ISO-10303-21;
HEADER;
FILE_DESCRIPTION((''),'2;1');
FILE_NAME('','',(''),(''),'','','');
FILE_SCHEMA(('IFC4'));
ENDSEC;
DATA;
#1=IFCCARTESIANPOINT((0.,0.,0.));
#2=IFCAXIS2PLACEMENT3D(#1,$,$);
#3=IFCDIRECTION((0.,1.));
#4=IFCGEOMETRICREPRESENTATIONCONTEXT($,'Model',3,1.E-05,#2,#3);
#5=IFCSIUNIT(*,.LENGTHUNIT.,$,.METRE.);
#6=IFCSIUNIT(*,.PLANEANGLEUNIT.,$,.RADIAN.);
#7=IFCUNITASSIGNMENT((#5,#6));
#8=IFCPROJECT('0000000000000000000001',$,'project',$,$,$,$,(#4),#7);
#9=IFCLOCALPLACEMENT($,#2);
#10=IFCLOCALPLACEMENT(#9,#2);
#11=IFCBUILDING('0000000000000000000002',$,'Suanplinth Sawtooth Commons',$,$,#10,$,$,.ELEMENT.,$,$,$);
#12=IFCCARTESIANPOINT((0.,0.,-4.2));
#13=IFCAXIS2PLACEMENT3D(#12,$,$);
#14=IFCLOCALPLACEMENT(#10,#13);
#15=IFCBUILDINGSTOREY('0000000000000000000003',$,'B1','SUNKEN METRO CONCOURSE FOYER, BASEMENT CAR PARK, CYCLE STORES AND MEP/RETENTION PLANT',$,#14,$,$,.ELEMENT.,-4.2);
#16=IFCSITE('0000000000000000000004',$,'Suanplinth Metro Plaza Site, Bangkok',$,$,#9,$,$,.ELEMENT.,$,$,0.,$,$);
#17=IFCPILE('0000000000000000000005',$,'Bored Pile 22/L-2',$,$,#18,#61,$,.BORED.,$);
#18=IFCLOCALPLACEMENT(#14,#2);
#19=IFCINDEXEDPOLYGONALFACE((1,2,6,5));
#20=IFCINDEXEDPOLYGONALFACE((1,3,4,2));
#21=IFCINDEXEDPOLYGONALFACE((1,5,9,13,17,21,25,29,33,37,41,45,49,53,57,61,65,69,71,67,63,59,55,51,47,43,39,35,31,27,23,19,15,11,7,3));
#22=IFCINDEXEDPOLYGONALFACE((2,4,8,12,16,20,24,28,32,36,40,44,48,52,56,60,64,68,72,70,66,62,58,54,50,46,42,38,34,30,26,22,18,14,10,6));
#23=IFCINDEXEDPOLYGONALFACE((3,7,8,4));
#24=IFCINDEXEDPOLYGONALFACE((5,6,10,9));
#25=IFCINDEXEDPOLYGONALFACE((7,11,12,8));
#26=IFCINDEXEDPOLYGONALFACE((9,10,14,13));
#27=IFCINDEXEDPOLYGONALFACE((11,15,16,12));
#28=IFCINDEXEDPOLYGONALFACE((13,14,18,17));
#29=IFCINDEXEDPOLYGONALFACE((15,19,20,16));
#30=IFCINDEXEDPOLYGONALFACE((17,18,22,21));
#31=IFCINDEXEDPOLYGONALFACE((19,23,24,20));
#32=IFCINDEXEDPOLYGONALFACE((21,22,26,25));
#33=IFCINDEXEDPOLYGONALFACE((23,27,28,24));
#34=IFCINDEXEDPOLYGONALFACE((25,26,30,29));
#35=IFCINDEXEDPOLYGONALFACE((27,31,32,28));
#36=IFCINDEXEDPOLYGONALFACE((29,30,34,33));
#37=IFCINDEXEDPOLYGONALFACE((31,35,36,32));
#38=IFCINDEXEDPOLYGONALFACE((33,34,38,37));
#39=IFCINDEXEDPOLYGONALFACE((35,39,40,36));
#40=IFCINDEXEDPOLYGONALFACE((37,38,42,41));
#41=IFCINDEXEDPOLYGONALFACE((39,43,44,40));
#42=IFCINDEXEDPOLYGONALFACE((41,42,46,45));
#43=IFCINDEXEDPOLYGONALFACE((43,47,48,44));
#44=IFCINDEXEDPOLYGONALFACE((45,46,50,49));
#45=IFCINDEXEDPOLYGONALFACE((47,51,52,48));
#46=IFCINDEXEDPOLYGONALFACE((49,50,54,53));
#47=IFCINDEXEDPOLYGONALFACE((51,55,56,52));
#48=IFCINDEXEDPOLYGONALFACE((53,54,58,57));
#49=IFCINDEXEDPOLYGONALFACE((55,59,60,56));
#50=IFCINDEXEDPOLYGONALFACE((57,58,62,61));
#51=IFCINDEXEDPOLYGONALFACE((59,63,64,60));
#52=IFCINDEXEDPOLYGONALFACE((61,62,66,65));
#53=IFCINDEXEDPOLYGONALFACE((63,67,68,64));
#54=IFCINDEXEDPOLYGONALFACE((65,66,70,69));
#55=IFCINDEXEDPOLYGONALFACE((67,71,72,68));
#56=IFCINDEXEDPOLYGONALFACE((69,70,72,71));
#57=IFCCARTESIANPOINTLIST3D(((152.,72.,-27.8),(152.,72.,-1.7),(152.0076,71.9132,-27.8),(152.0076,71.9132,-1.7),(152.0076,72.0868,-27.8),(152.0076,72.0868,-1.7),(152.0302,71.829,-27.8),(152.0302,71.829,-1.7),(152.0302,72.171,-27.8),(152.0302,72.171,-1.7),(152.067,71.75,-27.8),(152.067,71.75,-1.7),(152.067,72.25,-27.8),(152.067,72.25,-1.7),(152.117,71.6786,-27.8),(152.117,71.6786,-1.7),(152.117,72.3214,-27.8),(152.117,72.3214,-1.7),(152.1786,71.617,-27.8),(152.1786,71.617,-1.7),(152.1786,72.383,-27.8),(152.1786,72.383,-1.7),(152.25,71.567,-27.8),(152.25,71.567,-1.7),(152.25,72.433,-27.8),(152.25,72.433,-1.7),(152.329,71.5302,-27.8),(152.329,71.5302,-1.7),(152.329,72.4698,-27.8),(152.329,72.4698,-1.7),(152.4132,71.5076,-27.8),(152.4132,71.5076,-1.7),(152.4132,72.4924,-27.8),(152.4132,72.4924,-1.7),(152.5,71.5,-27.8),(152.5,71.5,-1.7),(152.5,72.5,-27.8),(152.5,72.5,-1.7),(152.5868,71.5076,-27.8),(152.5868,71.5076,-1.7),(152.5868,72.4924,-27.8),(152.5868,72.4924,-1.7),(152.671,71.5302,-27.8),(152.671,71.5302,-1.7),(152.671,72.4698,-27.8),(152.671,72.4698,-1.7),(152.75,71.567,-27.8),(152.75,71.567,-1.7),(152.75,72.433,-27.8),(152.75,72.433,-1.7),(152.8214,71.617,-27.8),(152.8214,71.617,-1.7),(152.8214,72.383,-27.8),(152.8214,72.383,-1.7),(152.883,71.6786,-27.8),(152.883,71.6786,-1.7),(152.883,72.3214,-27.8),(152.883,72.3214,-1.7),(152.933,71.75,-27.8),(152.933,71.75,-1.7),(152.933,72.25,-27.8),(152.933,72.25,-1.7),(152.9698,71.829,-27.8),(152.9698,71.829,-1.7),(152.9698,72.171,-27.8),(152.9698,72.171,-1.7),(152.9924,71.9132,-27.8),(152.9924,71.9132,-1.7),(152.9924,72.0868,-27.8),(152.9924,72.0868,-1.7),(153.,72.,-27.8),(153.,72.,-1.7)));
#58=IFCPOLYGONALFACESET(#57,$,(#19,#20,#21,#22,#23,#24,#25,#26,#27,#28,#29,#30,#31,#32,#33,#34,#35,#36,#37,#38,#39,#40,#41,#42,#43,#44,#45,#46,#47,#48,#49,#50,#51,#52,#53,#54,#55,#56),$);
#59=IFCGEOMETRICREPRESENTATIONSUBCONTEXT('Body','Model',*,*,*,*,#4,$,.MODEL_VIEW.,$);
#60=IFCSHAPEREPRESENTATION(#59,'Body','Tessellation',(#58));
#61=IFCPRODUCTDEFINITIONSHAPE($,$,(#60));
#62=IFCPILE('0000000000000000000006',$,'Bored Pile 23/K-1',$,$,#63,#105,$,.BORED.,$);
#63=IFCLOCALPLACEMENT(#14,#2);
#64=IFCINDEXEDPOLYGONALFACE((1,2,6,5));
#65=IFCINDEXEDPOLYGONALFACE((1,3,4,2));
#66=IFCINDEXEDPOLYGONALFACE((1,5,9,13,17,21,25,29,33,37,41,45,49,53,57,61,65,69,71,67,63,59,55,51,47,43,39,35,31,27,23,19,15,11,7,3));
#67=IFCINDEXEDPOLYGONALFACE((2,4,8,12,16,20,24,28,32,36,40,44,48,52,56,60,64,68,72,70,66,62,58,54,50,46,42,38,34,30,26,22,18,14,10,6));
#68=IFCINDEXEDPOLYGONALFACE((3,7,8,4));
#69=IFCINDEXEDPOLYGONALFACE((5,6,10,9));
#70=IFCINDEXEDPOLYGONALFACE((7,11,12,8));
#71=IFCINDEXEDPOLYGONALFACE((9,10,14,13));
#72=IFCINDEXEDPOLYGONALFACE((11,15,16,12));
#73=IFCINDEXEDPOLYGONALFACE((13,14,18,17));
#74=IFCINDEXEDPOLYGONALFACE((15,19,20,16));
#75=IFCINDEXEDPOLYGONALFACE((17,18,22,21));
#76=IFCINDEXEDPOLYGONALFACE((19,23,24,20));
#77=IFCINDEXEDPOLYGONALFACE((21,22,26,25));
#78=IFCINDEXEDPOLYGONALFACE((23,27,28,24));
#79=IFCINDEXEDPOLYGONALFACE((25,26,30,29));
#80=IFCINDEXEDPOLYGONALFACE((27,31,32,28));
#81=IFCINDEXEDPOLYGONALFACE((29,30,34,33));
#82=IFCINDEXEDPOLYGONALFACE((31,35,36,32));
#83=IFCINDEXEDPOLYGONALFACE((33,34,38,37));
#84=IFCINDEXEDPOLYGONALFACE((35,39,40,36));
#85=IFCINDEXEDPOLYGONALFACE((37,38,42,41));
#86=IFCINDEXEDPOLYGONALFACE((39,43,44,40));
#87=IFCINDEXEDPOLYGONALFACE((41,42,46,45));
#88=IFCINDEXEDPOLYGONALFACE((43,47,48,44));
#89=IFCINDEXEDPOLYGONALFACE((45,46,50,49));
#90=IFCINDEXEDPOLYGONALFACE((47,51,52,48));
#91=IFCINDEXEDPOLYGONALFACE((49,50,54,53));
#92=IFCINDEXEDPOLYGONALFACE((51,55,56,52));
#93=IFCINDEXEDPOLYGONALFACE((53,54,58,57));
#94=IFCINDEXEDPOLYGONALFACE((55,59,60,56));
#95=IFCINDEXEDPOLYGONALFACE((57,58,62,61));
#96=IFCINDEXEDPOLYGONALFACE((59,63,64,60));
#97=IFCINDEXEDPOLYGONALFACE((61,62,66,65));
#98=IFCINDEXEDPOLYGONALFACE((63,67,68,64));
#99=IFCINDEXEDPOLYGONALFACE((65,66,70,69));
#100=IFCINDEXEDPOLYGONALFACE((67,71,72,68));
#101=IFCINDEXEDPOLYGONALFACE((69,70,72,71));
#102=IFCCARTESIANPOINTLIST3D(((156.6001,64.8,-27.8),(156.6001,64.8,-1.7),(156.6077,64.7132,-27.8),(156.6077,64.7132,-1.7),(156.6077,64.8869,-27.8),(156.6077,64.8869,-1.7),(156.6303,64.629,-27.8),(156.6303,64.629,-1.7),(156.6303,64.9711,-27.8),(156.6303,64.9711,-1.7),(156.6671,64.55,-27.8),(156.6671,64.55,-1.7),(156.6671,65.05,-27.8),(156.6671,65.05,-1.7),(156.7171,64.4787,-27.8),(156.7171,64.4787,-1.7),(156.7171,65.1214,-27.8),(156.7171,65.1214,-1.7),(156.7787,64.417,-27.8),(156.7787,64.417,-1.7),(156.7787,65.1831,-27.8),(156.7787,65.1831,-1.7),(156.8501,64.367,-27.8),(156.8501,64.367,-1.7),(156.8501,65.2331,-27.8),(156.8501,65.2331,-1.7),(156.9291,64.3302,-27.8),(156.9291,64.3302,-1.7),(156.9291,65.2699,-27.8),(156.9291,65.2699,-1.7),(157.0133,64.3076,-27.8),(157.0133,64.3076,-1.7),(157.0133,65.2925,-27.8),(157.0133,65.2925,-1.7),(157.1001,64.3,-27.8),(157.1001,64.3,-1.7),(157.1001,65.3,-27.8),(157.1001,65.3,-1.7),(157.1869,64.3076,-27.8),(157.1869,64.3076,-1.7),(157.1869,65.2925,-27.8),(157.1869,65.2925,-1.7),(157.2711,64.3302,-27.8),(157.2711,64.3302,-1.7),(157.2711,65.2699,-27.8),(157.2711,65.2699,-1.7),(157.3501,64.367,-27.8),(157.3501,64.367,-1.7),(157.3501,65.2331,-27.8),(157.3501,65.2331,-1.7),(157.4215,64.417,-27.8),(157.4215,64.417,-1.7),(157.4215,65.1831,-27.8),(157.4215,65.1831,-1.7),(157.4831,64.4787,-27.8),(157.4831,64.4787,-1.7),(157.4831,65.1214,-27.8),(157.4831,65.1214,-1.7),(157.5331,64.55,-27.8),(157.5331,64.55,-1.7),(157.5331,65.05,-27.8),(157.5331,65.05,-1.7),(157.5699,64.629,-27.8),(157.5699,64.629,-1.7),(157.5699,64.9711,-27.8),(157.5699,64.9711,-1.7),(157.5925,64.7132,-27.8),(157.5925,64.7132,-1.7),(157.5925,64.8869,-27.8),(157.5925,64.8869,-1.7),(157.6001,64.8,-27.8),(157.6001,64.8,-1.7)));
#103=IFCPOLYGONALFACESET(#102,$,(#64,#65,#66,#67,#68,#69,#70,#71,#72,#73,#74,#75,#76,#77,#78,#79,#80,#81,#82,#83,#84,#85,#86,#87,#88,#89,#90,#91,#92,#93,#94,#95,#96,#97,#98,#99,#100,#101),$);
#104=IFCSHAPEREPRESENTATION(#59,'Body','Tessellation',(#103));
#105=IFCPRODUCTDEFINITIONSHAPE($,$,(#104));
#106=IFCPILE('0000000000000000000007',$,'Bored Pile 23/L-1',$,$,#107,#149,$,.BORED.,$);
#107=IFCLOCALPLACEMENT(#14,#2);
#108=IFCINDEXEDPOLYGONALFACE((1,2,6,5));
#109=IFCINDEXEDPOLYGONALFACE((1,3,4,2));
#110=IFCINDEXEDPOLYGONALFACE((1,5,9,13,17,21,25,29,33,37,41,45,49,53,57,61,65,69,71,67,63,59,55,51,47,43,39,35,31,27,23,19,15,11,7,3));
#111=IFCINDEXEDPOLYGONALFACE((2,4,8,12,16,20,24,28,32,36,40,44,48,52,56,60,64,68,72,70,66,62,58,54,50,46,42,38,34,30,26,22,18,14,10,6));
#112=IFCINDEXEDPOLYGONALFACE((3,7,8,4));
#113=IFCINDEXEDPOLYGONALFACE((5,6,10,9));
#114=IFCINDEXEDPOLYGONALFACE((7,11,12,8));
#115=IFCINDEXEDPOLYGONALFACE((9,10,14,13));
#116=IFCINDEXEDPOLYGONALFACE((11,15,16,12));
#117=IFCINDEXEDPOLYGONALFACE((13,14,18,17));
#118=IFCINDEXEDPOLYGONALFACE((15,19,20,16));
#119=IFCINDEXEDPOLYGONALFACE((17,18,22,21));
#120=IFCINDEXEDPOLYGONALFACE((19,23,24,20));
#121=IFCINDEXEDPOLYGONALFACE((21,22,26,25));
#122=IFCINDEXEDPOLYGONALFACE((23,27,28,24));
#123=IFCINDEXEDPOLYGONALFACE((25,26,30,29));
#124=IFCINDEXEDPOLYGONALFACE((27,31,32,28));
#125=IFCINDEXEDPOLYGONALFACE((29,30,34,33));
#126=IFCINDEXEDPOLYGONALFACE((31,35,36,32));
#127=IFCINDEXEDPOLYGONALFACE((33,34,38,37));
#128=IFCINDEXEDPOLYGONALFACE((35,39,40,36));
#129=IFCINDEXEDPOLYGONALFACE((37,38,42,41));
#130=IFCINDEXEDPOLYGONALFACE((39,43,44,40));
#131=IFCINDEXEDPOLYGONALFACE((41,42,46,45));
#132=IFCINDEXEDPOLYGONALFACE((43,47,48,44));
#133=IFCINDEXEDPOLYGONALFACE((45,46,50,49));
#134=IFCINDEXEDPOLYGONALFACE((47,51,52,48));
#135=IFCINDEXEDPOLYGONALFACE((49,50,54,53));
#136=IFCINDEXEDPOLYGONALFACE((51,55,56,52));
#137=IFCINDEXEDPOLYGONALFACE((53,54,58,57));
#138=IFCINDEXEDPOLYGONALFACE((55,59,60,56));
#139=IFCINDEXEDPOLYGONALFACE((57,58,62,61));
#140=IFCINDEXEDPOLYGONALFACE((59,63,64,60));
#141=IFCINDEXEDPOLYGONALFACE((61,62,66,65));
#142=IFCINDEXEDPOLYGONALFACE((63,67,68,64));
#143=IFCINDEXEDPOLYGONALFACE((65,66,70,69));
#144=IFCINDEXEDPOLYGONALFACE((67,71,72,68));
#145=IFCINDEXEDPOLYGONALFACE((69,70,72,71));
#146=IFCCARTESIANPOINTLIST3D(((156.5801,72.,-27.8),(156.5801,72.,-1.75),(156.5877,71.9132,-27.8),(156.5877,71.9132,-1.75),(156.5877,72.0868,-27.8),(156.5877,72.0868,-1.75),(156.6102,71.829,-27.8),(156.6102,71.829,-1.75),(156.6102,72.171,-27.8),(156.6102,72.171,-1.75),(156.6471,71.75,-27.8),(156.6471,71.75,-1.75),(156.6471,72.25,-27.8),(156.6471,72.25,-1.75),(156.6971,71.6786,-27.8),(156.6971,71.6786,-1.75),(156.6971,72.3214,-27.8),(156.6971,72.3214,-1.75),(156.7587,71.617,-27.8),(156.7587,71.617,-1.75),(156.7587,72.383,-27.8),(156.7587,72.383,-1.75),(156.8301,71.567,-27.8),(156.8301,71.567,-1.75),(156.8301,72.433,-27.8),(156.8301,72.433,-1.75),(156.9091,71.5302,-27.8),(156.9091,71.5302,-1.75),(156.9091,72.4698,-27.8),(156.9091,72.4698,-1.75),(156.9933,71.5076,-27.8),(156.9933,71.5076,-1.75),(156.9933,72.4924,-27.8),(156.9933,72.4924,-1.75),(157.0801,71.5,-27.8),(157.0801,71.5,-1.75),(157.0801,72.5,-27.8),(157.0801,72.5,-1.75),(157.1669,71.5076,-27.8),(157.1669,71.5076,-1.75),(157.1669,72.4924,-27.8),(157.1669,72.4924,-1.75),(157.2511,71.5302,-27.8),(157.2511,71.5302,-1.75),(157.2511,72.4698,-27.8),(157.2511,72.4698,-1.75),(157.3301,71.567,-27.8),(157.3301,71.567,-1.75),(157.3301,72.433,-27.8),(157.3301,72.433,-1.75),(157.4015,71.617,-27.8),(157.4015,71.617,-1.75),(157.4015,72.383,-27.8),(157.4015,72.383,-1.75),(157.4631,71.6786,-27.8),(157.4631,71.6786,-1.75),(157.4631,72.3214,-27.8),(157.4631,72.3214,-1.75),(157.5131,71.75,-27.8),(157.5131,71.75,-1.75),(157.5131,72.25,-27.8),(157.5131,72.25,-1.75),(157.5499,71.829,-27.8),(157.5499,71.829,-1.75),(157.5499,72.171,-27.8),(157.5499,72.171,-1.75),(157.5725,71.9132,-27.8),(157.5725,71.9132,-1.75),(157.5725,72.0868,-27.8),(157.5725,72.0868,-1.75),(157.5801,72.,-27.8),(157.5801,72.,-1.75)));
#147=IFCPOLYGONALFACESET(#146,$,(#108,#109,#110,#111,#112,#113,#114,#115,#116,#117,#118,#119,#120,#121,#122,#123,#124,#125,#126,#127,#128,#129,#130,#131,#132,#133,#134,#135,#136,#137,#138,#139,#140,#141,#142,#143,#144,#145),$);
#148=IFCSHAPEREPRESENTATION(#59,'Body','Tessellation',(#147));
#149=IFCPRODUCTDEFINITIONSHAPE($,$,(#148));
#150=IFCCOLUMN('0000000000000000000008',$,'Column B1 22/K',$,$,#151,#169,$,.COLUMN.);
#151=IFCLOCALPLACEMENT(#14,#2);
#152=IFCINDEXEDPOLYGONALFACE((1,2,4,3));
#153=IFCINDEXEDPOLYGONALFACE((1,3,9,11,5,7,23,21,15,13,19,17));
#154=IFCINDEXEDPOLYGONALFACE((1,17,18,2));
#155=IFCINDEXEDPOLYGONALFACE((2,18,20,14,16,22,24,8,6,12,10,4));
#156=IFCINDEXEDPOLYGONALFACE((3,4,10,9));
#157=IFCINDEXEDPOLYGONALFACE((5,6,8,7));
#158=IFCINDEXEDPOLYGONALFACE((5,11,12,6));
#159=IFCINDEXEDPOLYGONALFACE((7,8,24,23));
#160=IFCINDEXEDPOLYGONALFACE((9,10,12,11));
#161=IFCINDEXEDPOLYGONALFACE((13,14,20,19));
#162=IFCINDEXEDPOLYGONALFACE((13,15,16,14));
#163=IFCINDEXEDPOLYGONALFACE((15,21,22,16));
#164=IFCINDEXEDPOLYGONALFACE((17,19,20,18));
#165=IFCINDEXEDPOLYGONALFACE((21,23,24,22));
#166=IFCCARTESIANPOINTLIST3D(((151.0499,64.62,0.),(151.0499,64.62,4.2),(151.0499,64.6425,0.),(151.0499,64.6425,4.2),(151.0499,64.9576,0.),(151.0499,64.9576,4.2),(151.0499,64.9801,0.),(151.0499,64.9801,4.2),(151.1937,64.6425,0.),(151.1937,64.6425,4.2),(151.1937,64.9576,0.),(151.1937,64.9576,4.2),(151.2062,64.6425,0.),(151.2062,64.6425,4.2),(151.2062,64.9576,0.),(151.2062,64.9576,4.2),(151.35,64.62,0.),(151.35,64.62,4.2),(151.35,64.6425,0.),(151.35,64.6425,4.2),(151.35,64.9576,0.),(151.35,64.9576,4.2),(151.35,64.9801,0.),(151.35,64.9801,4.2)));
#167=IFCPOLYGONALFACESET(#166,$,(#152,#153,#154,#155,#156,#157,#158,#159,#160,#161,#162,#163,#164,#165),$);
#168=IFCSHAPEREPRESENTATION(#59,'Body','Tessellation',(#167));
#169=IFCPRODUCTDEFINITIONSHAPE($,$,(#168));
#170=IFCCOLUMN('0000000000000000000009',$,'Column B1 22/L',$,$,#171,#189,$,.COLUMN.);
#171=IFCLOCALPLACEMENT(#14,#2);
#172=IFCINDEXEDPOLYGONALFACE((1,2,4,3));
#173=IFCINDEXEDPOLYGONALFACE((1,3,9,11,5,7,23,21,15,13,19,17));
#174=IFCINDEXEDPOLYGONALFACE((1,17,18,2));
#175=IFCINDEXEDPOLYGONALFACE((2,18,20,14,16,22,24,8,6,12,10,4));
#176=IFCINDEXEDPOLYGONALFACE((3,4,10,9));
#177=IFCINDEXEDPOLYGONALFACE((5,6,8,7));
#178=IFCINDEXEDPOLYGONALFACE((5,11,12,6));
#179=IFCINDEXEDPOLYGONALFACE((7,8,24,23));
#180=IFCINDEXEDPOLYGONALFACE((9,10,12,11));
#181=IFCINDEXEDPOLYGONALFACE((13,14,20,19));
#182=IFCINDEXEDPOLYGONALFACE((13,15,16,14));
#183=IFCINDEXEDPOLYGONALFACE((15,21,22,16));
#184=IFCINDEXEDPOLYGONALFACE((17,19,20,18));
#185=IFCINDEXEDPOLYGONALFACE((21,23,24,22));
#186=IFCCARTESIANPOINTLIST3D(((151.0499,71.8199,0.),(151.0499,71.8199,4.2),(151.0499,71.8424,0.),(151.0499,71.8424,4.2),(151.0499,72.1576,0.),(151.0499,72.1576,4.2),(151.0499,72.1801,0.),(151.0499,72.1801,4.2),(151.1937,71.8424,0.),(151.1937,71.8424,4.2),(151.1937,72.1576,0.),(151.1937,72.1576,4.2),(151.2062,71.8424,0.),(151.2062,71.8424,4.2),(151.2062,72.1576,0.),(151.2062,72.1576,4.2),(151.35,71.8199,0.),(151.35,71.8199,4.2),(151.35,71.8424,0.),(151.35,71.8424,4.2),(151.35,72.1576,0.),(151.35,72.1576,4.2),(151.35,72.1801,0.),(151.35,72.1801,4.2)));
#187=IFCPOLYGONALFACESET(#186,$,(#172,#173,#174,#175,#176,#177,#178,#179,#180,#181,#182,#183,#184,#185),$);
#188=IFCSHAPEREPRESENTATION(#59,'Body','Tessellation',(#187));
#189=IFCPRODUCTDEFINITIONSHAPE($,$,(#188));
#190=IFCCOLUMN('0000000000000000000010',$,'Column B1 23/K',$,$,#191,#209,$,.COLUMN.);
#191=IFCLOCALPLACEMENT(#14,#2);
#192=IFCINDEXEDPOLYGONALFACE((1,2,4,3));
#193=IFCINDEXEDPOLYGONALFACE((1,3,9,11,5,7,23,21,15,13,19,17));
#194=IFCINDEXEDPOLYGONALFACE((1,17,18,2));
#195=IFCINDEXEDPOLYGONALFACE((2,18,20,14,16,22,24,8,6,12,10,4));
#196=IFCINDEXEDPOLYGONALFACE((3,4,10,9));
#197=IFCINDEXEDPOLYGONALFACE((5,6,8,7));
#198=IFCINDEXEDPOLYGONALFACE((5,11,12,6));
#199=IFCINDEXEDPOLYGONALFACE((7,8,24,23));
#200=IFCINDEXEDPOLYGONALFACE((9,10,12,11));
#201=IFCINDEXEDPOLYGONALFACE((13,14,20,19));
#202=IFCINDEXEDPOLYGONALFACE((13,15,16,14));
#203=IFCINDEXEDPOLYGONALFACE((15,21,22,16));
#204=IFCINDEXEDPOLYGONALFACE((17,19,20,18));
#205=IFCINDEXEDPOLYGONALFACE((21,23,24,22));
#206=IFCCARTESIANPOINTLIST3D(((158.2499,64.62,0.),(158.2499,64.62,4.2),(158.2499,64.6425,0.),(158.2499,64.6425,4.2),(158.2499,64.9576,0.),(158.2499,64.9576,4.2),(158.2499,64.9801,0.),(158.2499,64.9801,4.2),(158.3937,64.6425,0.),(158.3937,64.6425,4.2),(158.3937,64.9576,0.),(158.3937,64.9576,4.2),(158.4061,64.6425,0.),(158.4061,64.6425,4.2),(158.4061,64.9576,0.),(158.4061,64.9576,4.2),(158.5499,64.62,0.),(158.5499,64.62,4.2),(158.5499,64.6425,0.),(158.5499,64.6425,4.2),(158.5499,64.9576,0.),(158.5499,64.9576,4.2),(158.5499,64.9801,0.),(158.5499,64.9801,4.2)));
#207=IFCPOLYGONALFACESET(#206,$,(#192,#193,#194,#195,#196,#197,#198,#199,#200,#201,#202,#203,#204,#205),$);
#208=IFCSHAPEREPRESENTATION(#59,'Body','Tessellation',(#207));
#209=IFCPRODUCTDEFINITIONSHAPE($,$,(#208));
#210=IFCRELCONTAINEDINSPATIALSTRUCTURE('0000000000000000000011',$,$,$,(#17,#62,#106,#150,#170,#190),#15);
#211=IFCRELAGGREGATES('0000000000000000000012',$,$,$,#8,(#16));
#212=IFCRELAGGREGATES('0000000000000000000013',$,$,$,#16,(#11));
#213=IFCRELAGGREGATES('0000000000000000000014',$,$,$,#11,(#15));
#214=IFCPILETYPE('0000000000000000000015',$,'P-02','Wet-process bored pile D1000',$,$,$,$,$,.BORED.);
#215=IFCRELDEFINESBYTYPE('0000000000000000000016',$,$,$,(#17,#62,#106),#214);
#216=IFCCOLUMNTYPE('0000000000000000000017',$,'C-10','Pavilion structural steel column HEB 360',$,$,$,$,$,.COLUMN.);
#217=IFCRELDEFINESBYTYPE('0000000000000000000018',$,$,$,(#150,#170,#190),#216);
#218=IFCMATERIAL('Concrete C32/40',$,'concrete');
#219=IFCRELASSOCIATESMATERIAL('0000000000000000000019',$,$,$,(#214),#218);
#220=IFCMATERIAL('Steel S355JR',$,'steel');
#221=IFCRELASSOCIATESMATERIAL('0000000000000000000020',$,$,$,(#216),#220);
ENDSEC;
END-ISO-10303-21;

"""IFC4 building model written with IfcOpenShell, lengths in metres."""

from ifc_helpers import new_model, si_unit, direction, frame, origin, origin_2d, place, context, subcontext, project, spatial, circle, i_section, extrude, material, material_profile, profile_set, type_object, element, save


model = new_model("IFC4")

# Units and contexts
model_context = context("Model", 3, precision=1e-05, world=origin(), true_north=direction((0.0, 1.0)))
body_context = subcontext(model_context, "Body", "Model", "MODEL_VIEW")
ifc_project = project(units=[si_unit("LENGTHUNIT", "METRE"), si_unit("PLANEANGLEUNIT", "RADIAN")], contexts=[model_context])

# Site, building, storey
site_placement = place(None, origin())
site = spatial("IfcSite", under=ifc_project, at=site_placement, Name="Suanplinth Metro Plaza Site, Bangkok", CompositionType="ELEMENT", RefElevation=0.0)
building_placement = place(site_placement, origin())
building = spatial("IfcBuilding", under=site, at=building_placement, Name="Suanplinth Sawtooth Commons", CompositionType="ELEMENT")
storey_placement = place(building_placement, frame((0.0, 0.0, -4.2)))
storey = spatial("IfcBuildingStorey", under=building, at=storey_placement, Name="B1", Description="SUNKEN METRO CONCOURSE FOYER, BASEMENT CAR PARK, CYCLE STORES AND MEP/RETENTION PLANT", CompositionType="ELEMENT", Elevation=-4.2)

# Piles
ifc_material_1 = material(Name="Concrete C32/40", Category="concrete")
ifc_material_profile_1 = material_profile(ifc_material_1, circle(Radius=0.5, at=origin_2d()), Name="PILE D1000")
ifc_profile_set_1 = profile_set([ifc_material_profile_1], Name="Concrete C32/40")
pile_type_1 = type_object("IfcPileType", Name="P-02", Description="Wet-process bored pile D1000", PredefinedType="BORED", material=ifc_profile_set_1)
for number, where, z_axis, x_axis, name in (
    (1, (152.5, 72.0, -1.7), (0.0, 0.0, -1.0), (1.0, 0.0, 0.0), "Bored Pile 22/L-2"),
    (2, (157.1001, 64.8, -1.7), (0.0, 0.0, -1.0), (1.0, 0.0, 0.0), "Bored Pile 23/K-1"),
):
    element("IfcPile", number, at=place(storey_placement, frame(where, z_axis=z_axis, x_axis=x_axis)), inside=storey, type_object=pile_type_1, Name=name, PredefinedType="BORED", context=body_context, shape_type="SweptSolid", body=[
        extrude(circle(Radius=0.5, at=origin_2d()), origin(), (0.0, 0.0, 1.0), 26.1001),
    ])
pile_1_placement = place(storey_placement, frame((157.0801, 72.0, -1.75), z_axis=(0.0, 0.0, -1.0), x_axis=(1.0, 0.0, 0.0)))
element("IfcPile", 3, at=pile_1_placement, inside=storey, type_object=pile_type_1, Name="Bored Pile 23/L-1", PredefinedType="BORED", context=body_context, shape_type="SweptSolid", body=[
    extrude(circle(Radius=0.5, at=origin_2d()), origin(), (0.0, 0.0, 1.0), 26.05),
])

# Columns
ifc_material_2 = material(Name="Steel S355JR", Category="steel")
ifc_material_profile_2 = material_profile(ifc_material_2, i_section(OverallWidth=0.3, OverallDepth=0.3601, WebThickness=0.0125, FlangeThickness=0.0225, at=origin_2d()), Name="HEB 360")
ifc_profile_set_2 = profile_set([ifc_material_profile_2], Name="Steel S355JR")
column_type = type_object("IfcColumnType", Name="C-10", Description="Pavilion structural steel column HEB 360", PredefinedType="COLUMN", material=ifc_profile_set_2)
for number, where, z_axis, x_axis, name in (
    (4, (151.2, 64.8, 0.0), (0.0, 0.0, 1.0), (1.0, 0.0, 0.0), "Column B1 22/K"),
    (5, (151.2, 72.0, 0.0), (0.0, 0.0, 1.0), (1.0, 0.0, 0.0), "Column B1 22/L"),
    (6, (158.3999, 64.8, 0.0), (0.0, 0.0, 1.0), (1.0, 0.0, 0.0), "Column B1 23/K"),
):
    element("IfcColumn", number, at=place(storey_placement, frame(where, z_axis=z_axis, x_axis=x_axis)), inside=storey, type_object=column_type, Name=name, PredefinedType="COLUMN", context=body_context, shape_type="SweptSolid", body=[
        extrude(i_section(OverallWidth=0.3, OverallDepth=0.3601, WebThickness=0.0125, FlangeThickness=0.0225, at=origin_2d()), origin(), (0.0, 0.0, 1.0), 4.2),
    ])

save(model, "model.ifc")
